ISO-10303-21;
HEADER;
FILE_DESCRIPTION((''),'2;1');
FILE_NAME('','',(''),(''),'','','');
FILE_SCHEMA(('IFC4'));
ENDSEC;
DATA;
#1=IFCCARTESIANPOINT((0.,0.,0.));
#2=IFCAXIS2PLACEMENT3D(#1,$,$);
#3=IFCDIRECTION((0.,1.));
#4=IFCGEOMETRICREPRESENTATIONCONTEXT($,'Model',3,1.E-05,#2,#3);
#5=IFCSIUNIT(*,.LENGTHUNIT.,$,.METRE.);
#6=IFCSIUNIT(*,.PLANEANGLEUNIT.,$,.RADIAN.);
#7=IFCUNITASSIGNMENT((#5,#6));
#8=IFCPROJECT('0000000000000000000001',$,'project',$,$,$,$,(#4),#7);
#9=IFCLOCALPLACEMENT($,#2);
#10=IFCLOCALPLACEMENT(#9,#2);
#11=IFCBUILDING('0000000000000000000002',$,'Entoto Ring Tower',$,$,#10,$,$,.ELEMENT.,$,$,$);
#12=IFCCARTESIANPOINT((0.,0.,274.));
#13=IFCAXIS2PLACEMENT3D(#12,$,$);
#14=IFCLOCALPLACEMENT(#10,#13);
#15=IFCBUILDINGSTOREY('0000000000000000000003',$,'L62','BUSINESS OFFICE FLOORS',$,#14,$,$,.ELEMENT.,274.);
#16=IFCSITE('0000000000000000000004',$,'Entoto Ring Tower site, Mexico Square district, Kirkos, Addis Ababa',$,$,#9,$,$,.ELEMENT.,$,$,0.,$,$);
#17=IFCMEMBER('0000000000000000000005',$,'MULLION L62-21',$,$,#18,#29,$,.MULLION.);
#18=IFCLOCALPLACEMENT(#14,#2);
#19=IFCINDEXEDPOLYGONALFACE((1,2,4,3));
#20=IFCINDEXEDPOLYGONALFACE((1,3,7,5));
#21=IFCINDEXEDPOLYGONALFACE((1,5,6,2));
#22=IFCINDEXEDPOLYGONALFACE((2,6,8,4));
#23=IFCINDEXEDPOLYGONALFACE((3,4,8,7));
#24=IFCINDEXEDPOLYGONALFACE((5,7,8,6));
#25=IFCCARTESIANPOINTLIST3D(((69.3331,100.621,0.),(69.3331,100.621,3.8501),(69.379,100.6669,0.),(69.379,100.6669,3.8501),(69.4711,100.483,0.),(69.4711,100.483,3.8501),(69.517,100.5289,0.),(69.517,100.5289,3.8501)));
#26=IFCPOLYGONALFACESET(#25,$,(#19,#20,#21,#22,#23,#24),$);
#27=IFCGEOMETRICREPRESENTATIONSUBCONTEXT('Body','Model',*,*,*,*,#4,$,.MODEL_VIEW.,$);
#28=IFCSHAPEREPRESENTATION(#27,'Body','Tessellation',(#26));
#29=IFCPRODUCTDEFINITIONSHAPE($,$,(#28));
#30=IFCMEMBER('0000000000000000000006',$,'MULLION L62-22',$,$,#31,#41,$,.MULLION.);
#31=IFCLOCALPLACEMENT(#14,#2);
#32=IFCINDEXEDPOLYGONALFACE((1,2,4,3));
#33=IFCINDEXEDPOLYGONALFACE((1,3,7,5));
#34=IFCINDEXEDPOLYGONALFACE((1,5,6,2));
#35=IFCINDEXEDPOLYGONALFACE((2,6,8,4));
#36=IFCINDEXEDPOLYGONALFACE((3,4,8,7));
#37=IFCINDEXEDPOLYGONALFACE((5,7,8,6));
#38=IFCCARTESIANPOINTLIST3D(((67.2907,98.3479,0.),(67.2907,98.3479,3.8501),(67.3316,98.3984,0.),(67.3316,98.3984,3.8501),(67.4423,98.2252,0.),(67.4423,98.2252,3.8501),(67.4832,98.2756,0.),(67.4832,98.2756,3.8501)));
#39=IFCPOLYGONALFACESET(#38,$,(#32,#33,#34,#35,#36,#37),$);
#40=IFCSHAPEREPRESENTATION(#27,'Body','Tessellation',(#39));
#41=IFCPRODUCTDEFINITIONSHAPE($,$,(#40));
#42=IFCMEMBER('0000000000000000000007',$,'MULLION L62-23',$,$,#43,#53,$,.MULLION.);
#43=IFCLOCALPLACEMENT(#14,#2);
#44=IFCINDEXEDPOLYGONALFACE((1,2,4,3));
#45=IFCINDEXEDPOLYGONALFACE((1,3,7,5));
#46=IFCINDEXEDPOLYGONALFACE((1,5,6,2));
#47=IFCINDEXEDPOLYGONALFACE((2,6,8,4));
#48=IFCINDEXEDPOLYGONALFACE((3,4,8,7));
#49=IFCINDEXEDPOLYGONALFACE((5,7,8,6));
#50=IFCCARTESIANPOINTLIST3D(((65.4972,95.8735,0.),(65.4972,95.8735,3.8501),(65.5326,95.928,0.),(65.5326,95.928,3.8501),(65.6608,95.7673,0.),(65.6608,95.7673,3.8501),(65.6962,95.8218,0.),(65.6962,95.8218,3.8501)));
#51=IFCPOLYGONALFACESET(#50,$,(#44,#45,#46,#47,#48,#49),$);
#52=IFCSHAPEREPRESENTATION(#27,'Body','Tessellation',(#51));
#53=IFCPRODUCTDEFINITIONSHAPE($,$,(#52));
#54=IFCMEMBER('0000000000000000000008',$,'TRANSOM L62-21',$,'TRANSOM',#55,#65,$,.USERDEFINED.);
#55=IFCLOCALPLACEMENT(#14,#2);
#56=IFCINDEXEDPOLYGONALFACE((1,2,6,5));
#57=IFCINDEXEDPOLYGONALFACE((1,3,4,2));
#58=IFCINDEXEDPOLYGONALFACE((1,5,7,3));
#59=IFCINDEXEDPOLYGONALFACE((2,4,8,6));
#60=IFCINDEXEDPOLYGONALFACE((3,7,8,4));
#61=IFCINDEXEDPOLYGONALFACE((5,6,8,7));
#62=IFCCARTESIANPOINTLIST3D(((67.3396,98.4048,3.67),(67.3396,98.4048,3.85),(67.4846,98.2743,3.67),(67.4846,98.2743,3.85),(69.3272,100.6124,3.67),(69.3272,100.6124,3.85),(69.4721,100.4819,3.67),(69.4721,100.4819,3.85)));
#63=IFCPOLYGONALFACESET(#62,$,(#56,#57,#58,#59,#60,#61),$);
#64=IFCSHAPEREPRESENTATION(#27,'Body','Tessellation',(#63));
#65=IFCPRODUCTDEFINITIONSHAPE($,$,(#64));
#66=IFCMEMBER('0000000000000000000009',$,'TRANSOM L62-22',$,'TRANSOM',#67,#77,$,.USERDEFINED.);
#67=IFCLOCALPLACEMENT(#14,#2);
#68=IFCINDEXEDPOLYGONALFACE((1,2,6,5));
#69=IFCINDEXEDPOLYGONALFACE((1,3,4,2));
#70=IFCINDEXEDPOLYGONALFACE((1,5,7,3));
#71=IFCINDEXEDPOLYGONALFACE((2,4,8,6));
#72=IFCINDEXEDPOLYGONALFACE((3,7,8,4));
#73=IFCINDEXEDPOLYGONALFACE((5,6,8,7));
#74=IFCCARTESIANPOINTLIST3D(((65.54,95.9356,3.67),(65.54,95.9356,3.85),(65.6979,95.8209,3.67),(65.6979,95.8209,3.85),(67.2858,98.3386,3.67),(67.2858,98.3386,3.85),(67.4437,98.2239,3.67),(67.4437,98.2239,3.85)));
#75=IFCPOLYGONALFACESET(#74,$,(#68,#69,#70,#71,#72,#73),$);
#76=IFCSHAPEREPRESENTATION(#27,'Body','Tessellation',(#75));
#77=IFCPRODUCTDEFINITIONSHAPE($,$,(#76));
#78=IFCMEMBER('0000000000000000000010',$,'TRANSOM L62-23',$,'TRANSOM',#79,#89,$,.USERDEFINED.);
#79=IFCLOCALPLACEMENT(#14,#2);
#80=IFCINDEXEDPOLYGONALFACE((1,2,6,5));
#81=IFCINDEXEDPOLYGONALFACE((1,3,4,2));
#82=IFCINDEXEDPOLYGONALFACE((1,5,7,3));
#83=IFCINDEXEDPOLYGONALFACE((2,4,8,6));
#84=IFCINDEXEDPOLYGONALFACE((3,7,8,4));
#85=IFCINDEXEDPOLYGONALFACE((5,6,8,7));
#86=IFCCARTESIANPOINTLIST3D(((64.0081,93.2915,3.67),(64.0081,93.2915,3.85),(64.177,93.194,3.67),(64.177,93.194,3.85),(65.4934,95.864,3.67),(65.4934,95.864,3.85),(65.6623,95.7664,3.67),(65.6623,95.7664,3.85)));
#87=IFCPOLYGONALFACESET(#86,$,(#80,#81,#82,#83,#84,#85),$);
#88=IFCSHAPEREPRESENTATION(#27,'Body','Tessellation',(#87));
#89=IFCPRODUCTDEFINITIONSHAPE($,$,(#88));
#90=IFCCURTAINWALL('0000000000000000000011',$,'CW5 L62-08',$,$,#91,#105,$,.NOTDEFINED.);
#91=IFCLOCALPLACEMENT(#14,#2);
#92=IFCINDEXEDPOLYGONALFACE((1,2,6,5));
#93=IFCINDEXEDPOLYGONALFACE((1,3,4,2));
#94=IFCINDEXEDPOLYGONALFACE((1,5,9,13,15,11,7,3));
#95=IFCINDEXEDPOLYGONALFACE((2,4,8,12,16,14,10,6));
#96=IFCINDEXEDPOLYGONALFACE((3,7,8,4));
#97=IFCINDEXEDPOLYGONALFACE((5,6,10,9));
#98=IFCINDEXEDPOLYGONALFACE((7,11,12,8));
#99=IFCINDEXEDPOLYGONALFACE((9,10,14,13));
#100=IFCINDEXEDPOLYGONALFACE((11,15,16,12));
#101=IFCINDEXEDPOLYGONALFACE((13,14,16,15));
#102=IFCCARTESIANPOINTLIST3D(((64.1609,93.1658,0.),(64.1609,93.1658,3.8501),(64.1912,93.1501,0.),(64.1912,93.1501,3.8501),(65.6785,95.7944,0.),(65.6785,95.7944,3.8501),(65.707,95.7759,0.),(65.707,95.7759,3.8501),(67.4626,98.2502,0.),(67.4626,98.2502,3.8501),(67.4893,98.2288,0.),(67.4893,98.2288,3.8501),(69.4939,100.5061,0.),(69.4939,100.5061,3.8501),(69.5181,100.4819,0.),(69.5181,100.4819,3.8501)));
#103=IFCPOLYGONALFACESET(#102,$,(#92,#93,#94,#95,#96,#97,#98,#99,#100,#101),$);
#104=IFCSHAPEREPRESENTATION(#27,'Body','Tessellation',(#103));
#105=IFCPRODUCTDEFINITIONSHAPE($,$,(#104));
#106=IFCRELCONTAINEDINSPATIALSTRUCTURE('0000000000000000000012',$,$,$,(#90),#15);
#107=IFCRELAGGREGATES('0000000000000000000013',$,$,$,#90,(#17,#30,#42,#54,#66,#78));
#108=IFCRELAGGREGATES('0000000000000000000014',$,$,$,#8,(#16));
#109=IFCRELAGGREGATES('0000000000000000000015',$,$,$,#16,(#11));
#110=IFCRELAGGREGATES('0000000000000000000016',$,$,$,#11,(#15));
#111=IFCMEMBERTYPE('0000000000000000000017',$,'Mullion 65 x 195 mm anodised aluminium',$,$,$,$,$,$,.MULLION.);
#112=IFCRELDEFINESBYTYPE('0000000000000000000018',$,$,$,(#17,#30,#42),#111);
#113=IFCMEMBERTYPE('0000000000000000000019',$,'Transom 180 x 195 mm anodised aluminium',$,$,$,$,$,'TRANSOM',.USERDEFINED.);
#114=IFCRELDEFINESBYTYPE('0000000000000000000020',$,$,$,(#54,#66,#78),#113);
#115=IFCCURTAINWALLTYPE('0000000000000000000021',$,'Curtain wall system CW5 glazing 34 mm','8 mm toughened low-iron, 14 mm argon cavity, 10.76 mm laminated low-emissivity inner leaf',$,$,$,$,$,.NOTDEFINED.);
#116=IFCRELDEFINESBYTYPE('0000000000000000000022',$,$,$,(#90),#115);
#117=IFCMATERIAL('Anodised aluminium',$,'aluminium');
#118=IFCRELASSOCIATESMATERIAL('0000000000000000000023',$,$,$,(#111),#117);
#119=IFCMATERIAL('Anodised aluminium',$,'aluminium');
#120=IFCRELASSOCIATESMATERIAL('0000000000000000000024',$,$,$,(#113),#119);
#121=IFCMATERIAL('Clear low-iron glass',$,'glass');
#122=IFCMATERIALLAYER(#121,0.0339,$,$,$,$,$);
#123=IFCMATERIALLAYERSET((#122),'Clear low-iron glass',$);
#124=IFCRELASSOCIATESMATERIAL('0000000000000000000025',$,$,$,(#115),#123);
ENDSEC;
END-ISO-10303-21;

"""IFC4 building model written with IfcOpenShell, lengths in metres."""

from ifc_helpers import new_model, si_unit, direction, frame, origin, origin_2d, place, context, subcontext, project, spatial, polyline, rectangle, outline, extrude, material, layer, layer_set, material_profile, profile_set, type_object, element, aggregate, save


model = new_model("IFC4")

# Units and contexts
model_context = context("Model", 3, precision=1e-05, world=origin(), true_north=direction((0.0, 1.0)))
body_context = subcontext(model_context, "Body", "Model", "MODEL_VIEW")
ifc_project = project(units=[si_unit("LENGTHUNIT", "METRE"), si_unit("PLANEANGLEUNIT", "RADIAN")], contexts=[model_context])

# Members
ifc_material_1 = material(Name="Anodised aluminium", Category="aluminium")
ifc_material_profile_1 = material_profile(ifc_material_1, rectangle(XDim=0.0649, YDim=0.1951, at=origin_2d()), Name="Mullion 65 x 195 mm anodised aluminium")
ifc_profile_set_1 = profile_set([ifc_material_profile_1], Name="Anodised aluminium")
member_type_1 = type_object("IfcMemberType", Name="Mullion 65 x 195 mm anodised aluminium", PredefinedType="MULLION", material=ifc_profile_set_1)
site_placement = place(None, origin())
building_placement = place(site_placement, origin())
storey_placement = place(building_placement, frame((0.0, 0.0, 274.0)))
member_1_placement = place(storey_placement, frame((69.425, 100.575, 0.0), z_axis=(0.0, 0.0, 1.0), x_axis=(-0.707107, -0.707107, 0.0)))
member_1 = element("IfcMember", 1, at=member_1_placement, type_object=member_type_1, Name="MULLION L62-21", PredefinedType="MULLION", context=body_context, shape_type="SweptSolid", body=[
    extrude(rectangle(XDim=0.0649, YDim=0.1951, at=origin_2d()), origin(), (0.0, 0.0, 1.0), 3.8501),
])
member_2_placement = place(storey_placement, frame((67.387, 98.3118, 0.0), z_axis=(0.0, 0.0, 1.0), x_axis=(-0.62932, -0.777146, 0.0)))
member_2 = element("IfcMember", 2, at=member_2_placement, type_object=member_type_1, Name="MULLION L62-22", PredefinedType="MULLION", context=body_context, shape_type="SweptSolid", body=[
    extrude(rectangle(XDim=0.0649, YDim=0.1951, at=origin_2d()), origin(), (0.0, 0.0, 1.0), 3.8501),
])
member_3_placement = place(storey_placement, frame((65.5967, 95.8477, 0.0), z_axis=(0.0, 0.0, 1.0), x_axis=(-0.544639, -0.838671, 0.0)))
member_3 = element("IfcMember", 3, at=member_3_placement, type_object=member_type_1, Name="MULLION L62-23", PredefinedType="MULLION", context=body_context, shape_type="SweptSolid", body=[
    extrude(rectangle(XDim=0.0649, YDim=0.1951, at=origin_2d()), origin(), (0.0, 0.0, 1.0), 3.8501),
])
ifc_material_2 = material(Name="Anodised aluminium", Category="aluminium")
ifc_material_profile_2 = material_profile(ifc_material_2, rectangle(XDim=0.1951, YDim=0.1799, at=origin_2d()), Name="Transom 180 x 195 mm anodised aluminium")
ifc_profile_set_2 = profile_set([ifc_material_profile_2], Name="Anodised aluminium")
member_type_2 = type_object("IfcMemberType", Name="Transom 180 x 195 mm anodised aluminium", ElementType="TRANSOM", PredefinedType="USERDEFINED", material=ifc_profile_set_2)
member_4_placement = place(storey_placement, frame((69.3997, 100.5471, 3.76), z_axis=(-0.66911, -0.743163, 0.0), x_axis=(0.743163, -0.66911, 0.0)))
member_4 = element("IfcMember", 4, at=member_4_placement, type_object=member_type_2, Name="TRANSOM L62-21", ObjectType="TRANSOM", PredefinedType="USERDEFINED", context=body_context, shape_type="SweptSolid", body=[
    extrude(rectangle(XDim=0.1951, YDim=0.1799, at=origin_2d()), origin(), (0.0, 0.0, 1.0), 2.9705),
])
member_5_placement = place(storey_placement, frame((67.3647, 98.2812, 3.76), z_axis=(-0.587766, -0.809031, 0.0), x_axis=(0.809031, -0.587766, 0.0)))
member_5 = element("IfcMember", 5, at=member_5_placement, type_object=member_type_2, Name="TRANSOM L62-22", ObjectType="TRANSOM", PredefinedType="USERDEFINED", context=body_context, shape_type="SweptSolid", body=[
    extrude(rectangle(XDim=0.1951, YDim=0.1799, at=origin_2d()), origin(), (0.0, 0.0, 1.0), 2.9702),
])
member_6_placement = place(storey_placement, frame((65.5779, 95.8152, 3.76), z_axis=(-0.500028, -0.866009, 0.0), x_axis=(0.866009, -0.500028, 0.0)))
member_6 = element("IfcMember", 6, at=member_6_placement, type_object=member_type_2, Name="TRANSOM L62-23", ObjectType="TRANSOM", PredefinedType="USERDEFINED", context=body_context, shape_type="SweptSolid", body=[
    extrude(rectangle(XDim=0.1951, YDim=0.1799, at=origin_2d()), origin(), (0.0, 0.0, 1.0), 2.9705),
])

# Site, building, storey
site = spatial("IfcSite", under=ifc_project, at=site_placement, Name="Entoto Ring Tower site, Mexico Square district, Kirkos, Addis Ababa", CompositionType="ELEMENT", RefElevation=0.0)
building = spatial("IfcBuilding", under=site, at=building_placement, Name="Entoto Ring Tower", CompositionType="ELEMENT")
storey = spatial("IfcBuildingStorey", under=building, at=storey_placement, Name="L62", Description="BUSINESS OFFICE FLOORS", CompositionType="ELEMENT", Elevation=274.0)

# Curtain wall
ifc_material_3 = material(Name="Clear low-iron glass", Category="glass")
ifc_layer = layer(ifc_material_3, 0.0339)
ifc_layer_set = layer_set([ifc_layer], Name="Clear low-iron glass")
curtain_wall_type = type_object("IfcCurtainWallType", Name="Curtain wall system CW5 glazing 34 mm", Description="8 mm toughened low-iron, 14 mm argon cavity, 10.76 mm laminated low-emissivity inner leaf", PredefinedType="NOTDEFINED", material=ifc_layer_set)
curtain_wall_1_placement = place(storey_placement, origin())
curtain_wall_1 = element("IfcCurtainWall", 7, at=curtain_wall_1_placement, inside=storey, type_object=curtain_wall_type, Name="CW5 L62-08", PredefinedType="NOTDEFINED", context=body_context, shape_type="SweptSolid", body=[
    extrude(outline(polyline([(69.4939, 100.5061), (67.4626, 98.2502), (65.6785, 95.7944), (64.1609, 93.1658), (64.1912, 93.1501), (65.707, 95.7759), (67.4893, 98.2288), (69.5181, 100.4819), (69.4939, 100.5061)])), origin(), (0.0, 0.0, 1.0), 3.8501),
])
aggregate(curtain_wall_1, [member_1, member_2, member_3, member_4, member_5, member_6])

save(model, "model.ifc")
